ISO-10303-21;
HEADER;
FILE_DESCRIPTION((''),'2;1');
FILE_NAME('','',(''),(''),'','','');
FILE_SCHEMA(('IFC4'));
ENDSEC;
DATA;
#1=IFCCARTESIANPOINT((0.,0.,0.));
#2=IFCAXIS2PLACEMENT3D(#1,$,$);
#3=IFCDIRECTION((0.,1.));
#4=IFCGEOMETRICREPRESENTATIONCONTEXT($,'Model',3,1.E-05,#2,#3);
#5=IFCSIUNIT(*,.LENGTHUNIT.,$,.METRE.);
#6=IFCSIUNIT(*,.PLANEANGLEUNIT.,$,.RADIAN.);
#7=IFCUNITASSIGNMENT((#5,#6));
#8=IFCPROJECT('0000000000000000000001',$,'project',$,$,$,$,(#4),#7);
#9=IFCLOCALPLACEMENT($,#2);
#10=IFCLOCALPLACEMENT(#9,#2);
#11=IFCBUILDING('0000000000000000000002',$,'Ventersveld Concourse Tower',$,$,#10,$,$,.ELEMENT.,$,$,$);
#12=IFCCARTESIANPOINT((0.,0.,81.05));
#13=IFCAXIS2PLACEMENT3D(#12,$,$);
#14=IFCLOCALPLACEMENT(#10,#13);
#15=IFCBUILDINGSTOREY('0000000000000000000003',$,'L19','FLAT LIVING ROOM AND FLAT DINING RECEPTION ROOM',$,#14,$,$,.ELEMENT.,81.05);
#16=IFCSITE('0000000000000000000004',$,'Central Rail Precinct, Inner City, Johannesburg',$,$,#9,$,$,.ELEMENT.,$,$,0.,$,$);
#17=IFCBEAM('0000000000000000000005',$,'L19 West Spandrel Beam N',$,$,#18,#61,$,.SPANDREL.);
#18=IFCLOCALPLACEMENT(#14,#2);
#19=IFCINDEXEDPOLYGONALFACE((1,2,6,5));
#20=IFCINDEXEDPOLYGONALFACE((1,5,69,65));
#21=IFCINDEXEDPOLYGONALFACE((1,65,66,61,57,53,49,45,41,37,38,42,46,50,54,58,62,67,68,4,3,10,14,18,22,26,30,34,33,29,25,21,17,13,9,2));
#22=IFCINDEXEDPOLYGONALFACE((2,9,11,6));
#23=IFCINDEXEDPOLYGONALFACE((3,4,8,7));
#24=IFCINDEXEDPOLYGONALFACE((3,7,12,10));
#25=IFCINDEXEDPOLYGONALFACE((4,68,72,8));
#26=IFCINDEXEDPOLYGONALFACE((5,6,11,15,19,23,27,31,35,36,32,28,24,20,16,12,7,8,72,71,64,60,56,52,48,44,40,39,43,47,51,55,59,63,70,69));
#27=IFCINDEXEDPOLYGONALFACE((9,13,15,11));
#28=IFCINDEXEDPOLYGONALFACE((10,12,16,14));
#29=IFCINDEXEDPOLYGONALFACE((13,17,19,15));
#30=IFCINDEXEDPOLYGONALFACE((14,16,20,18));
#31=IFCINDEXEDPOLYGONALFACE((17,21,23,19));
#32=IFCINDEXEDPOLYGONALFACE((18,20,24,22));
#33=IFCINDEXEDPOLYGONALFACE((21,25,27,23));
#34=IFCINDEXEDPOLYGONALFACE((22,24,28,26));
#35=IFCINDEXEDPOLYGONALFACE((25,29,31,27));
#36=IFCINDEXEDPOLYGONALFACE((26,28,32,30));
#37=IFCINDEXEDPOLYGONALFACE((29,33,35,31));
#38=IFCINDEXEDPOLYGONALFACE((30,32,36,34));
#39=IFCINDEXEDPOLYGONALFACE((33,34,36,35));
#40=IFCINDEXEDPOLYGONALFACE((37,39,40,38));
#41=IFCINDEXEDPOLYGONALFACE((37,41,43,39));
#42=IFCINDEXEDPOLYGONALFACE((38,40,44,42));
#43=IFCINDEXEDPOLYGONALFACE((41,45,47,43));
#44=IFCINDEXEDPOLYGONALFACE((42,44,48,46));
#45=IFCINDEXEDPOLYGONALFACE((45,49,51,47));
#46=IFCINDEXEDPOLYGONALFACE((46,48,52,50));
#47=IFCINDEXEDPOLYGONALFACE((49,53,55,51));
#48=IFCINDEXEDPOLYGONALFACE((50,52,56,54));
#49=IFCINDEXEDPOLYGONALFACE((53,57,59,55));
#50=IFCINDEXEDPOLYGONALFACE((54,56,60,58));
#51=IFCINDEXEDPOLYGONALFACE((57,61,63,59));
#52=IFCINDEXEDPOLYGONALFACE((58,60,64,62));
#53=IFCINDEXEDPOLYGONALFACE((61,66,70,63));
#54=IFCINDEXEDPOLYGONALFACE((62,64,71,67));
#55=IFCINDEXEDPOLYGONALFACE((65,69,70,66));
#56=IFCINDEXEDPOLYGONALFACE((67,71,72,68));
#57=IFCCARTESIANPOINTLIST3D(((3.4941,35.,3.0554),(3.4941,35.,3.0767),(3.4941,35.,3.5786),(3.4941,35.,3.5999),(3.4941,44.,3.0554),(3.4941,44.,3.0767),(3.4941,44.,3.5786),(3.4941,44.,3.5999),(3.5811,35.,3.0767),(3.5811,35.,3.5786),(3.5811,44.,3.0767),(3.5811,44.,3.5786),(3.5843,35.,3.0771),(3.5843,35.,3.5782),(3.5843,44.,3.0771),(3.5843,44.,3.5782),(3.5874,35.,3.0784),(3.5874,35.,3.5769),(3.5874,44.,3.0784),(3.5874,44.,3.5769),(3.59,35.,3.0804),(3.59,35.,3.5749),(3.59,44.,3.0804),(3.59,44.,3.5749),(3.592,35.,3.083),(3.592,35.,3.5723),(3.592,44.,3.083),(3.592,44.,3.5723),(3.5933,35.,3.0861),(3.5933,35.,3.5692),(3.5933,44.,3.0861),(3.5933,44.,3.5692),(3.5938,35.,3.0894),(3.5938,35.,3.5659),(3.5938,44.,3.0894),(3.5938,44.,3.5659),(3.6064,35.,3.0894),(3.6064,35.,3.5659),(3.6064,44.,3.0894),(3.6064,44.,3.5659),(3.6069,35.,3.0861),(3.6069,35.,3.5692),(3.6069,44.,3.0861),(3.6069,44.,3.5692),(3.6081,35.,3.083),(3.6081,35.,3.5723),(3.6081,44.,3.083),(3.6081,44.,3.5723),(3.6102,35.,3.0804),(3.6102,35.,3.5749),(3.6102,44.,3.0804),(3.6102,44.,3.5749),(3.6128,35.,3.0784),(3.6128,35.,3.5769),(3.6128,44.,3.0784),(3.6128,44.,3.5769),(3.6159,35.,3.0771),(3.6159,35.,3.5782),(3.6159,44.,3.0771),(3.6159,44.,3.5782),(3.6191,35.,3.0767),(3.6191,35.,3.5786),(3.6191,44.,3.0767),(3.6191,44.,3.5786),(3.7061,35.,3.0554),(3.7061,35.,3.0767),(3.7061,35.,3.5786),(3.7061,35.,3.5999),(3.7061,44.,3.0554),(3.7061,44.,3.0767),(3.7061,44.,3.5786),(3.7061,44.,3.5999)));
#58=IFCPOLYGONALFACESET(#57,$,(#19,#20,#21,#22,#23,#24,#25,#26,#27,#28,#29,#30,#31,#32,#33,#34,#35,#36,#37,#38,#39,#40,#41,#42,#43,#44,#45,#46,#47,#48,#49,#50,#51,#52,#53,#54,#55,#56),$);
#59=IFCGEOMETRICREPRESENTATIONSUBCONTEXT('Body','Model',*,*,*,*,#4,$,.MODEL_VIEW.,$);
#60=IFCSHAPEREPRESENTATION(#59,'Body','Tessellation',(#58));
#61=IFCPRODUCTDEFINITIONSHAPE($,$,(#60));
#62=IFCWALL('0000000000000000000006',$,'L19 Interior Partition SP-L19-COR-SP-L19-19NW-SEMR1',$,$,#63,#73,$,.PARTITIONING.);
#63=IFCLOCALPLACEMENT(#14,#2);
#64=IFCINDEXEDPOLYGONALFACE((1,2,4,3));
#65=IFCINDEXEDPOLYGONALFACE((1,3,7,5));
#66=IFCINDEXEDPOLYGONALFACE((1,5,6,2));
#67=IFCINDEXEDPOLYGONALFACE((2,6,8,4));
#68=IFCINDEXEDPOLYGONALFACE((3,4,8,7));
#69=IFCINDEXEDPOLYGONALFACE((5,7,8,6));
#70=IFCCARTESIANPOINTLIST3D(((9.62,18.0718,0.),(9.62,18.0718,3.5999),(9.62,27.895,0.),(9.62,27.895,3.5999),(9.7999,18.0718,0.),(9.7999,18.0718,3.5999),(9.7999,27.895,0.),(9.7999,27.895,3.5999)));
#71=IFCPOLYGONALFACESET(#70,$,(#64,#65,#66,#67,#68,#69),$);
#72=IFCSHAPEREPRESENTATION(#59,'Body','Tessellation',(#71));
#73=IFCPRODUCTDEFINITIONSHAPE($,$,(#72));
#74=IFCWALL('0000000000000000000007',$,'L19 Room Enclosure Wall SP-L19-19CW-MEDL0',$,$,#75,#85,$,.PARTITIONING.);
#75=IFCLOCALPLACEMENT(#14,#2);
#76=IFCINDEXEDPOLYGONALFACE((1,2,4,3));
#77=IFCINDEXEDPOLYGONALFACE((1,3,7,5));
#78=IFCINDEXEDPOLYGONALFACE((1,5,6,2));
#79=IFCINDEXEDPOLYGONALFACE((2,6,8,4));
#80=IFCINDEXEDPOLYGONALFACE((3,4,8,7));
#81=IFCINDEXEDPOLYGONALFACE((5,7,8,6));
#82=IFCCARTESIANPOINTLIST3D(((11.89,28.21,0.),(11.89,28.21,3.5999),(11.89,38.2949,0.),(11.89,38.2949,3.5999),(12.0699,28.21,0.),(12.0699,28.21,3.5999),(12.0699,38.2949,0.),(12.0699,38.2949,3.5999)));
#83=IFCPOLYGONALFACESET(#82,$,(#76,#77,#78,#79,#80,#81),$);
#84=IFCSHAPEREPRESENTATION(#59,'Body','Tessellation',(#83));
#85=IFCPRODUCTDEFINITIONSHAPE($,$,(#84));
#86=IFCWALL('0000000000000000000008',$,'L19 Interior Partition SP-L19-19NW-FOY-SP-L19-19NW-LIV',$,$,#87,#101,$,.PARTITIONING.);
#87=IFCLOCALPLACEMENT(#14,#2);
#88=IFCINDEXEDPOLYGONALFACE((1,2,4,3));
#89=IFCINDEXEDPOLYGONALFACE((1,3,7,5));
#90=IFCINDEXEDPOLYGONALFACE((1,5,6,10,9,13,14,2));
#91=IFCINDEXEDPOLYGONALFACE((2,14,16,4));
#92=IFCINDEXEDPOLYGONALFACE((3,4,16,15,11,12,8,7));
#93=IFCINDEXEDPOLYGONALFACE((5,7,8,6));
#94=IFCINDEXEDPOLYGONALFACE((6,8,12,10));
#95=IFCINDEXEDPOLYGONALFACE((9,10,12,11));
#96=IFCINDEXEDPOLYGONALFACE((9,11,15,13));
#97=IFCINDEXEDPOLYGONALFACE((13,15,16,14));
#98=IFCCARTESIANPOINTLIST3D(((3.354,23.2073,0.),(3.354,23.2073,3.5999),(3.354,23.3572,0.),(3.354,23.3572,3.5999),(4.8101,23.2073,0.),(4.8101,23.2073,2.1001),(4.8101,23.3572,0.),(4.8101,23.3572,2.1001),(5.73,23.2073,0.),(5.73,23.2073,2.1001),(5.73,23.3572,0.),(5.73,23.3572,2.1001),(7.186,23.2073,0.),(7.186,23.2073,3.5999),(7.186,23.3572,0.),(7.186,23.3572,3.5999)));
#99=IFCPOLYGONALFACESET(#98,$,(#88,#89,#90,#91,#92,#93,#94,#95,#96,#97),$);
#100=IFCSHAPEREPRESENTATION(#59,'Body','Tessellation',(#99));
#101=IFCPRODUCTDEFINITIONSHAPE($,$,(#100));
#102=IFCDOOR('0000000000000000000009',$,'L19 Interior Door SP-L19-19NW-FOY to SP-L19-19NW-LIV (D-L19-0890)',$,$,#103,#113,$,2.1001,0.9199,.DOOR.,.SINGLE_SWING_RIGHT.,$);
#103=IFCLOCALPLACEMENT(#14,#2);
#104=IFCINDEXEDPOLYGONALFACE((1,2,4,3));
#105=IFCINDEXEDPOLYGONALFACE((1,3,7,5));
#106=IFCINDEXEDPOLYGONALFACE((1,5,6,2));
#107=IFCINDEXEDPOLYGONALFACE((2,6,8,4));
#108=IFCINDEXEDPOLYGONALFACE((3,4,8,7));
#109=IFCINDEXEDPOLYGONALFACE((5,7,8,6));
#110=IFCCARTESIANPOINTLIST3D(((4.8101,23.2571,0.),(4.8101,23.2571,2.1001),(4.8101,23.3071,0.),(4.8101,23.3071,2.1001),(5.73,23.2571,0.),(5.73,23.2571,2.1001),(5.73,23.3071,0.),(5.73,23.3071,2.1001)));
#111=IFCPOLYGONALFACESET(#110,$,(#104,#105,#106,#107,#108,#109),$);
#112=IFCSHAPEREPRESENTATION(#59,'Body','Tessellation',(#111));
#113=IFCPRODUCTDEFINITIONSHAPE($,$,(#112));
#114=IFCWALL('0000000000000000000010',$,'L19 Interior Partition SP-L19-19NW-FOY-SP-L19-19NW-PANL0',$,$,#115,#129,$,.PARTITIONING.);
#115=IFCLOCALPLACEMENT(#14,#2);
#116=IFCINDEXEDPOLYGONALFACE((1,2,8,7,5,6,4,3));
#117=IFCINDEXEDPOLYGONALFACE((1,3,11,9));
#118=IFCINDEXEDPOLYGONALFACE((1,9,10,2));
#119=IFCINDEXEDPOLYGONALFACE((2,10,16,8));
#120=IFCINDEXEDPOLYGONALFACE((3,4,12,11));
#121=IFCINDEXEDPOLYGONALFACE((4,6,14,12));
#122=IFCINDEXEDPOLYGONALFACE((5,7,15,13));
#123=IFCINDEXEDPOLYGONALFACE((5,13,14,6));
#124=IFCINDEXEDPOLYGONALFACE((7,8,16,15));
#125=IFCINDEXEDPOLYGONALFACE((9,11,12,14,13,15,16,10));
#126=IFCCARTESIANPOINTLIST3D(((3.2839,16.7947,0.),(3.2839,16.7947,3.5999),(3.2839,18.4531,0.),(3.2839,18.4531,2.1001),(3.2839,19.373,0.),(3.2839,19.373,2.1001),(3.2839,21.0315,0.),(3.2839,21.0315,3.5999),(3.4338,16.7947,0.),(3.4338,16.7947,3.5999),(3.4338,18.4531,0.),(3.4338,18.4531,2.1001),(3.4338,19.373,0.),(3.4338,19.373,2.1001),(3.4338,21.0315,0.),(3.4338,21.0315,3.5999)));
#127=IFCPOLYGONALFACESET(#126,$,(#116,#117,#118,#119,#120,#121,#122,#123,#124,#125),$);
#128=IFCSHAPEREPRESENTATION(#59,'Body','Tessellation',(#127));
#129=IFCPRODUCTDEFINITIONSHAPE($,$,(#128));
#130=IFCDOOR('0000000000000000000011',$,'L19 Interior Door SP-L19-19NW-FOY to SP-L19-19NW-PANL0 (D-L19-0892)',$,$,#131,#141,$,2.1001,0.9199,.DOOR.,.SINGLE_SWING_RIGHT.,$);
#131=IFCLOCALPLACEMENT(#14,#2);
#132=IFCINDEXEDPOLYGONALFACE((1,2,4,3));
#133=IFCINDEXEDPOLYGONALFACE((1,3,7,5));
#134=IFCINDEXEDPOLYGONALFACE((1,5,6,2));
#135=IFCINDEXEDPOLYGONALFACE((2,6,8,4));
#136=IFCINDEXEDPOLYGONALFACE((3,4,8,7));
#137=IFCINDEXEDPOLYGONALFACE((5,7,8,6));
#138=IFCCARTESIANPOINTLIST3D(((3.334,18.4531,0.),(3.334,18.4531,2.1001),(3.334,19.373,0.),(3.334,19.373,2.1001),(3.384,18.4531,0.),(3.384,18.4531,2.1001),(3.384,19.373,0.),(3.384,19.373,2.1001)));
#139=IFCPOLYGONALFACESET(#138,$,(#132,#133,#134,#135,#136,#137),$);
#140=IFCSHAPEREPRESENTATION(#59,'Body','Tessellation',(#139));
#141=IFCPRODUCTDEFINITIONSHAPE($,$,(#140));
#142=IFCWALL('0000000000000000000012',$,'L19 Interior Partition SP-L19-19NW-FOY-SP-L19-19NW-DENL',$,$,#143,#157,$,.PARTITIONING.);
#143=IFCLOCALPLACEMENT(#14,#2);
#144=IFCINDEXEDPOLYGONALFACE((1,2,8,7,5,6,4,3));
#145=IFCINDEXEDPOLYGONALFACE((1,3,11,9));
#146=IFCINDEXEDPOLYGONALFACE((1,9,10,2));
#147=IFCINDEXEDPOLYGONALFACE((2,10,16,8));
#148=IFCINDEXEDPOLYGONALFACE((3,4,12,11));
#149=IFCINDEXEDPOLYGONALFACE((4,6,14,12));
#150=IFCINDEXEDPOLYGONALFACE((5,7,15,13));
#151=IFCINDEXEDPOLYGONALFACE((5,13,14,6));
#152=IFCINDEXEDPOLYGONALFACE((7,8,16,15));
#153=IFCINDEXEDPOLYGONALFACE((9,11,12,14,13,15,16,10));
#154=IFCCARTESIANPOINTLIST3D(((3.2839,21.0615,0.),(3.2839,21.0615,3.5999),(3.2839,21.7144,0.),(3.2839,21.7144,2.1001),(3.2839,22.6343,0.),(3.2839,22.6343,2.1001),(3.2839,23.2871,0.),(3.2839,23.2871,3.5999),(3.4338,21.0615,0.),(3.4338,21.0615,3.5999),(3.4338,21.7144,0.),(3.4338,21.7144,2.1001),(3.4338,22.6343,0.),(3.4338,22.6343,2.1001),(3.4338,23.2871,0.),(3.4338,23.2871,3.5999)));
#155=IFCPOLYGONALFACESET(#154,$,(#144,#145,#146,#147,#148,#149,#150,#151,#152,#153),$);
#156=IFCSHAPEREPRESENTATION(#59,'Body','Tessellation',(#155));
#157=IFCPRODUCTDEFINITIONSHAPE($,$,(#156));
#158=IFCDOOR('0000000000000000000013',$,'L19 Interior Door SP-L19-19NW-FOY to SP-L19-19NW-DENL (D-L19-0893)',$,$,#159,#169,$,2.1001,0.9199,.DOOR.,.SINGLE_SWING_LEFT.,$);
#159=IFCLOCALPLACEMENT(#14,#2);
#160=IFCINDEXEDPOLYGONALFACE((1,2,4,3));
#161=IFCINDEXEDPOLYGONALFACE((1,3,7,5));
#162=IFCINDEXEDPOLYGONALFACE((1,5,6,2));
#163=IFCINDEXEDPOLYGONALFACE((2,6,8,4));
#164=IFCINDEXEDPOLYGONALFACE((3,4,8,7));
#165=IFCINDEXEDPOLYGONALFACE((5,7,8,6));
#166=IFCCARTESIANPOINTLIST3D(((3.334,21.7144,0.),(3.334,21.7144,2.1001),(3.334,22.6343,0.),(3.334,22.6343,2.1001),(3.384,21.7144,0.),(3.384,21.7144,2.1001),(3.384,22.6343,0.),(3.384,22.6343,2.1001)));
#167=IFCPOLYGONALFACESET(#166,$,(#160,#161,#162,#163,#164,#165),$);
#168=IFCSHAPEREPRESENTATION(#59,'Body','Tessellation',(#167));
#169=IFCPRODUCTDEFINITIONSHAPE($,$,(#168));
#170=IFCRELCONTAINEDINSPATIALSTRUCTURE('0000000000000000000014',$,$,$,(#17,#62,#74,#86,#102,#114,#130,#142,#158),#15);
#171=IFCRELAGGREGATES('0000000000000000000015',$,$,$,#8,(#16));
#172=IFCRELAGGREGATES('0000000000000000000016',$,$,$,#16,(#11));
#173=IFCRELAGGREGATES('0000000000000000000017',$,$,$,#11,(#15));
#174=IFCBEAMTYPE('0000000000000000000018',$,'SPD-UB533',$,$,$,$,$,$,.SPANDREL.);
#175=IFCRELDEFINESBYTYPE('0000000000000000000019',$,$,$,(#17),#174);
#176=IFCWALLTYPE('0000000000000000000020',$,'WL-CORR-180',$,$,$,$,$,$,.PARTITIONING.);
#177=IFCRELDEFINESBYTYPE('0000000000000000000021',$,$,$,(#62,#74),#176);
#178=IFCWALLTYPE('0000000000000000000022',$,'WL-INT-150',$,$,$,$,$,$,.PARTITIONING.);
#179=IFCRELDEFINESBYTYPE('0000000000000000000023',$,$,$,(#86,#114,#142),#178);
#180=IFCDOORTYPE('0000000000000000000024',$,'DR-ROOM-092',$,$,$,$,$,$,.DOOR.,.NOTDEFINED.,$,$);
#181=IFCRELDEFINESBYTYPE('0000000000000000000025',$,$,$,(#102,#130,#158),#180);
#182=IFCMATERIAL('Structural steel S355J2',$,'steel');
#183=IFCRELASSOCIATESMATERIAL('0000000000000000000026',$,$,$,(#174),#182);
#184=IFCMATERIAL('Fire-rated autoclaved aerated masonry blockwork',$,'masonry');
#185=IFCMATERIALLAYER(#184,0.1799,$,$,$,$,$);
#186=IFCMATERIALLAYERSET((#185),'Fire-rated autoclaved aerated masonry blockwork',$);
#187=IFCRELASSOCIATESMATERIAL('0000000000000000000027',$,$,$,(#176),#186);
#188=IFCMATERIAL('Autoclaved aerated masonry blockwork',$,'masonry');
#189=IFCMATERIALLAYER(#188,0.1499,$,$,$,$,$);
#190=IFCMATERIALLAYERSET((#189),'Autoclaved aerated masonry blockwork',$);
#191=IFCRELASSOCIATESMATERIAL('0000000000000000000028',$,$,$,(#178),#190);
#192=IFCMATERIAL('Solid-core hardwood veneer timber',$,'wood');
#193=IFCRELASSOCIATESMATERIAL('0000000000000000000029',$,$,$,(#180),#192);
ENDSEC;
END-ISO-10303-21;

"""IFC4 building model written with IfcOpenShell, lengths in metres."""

from ifc_helpers import new_model, si_unit, direction, frame, frame_2d, origin, origin_2d, place, context, subcontext, project, spatial, rectangle, i_section, extrude, material, layer, layer_set, material_profile, profile_set, type_object, element, fill, save


model = new_model("IFC4")

# Units and contexts
model_context = context("Model", 3, precision=1e-05, world=origin(), true_north=direction((0.0, 1.0)))
body_context = subcontext(model_context, "Body", "Model", "MODEL_VIEW")
ifc_project = project(units=[si_unit("LENGTHUNIT", "METRE"), si_unit("PLANEANGLEUNIT", "RADIAN")], contexts=[model_context])

# Site, building, storey
site_placement = place(None, origin())
site = spatial("IfcSite", under=ifc_project, at=site_placement, Name="Central Rail Precinct, Inner City, Johannesburg", CompositionType="ELEMENT", RefElevation=0.0)
building_placement = place(site_placement, origin())
building = spatial("IfcBuilding", under=site, at=building_placement, Name="Ventersveld Concourse Tower", CompositionType="ELEMENT")
storey_placement = place(building_placement, frame((0.0, 0.0, 81.05)))
storey = spatial("IfcBuildingStorey", under=building, at=storey_placement, Name="L19", Description="FLAT LIVING ROOM AND FLAT DINING RECEPTION ROOM", CompositionType="ELEMENT", Elevation=81.05)

# Beam
ifc_material_1 = material(Name="Structural steel S355J2", Category="steel")
ifc_material_profile_1 = material_profile(ifc_material_1, i_section(OverallWidth=0.2119, OverallDepth=0.5444, WebThickness=0.0127, FlangeThickness=0.0212, FilletRadius=0.0127, at=origin_2d()), Name="UB 533x210x122")
ifc_profile_set_1 = profile_set([ifc_material_profile_1], Name="Structural steel S355J2")
beam_type_1 = type_object("IfcBeamType", Name="SPD-UB533", PredefinedType="SPANDREL", material=ifc_profile_set_1)
beam_1_placement = place(storey_placement, frame((3.6001, 35.0, 3.3276), z_axis=(0.0, 1.0, 0.0), x_axis=(-1.0, 0.0, 0.0)))
element("IfcBeam", 1, at=beam_1_placement, inside=storey, type_object=beam_type_1, Name="L19 West Spandrel Beam N", PredefinedType="SPANDREL", context=body_context, shape_type="SweptSolid", body=[
    extrude(i_section(OverallWidth=0.2119, OverallDepth=0.5444, WebThickness=0.0127, FlangeThickness=0.0212, FilletRadius=0.0127, at=origin_2d()), origin(), (0.0, 0.0, 1.0), 9.0),
])

# Walls
ifc_material_2 = material(Name="Fire-rated autoclaved aerated masonry blockwork", Category="masonry")
ifc_layer_1 = layer(ifc_material_2, 0.1799)
ifc_layer_set_1 = layer_set([ifc_layer_1], Name="Fire-rated autoclaved aerated masonry blockwork")
wall_type_1 = type_object("IfcWallType", Name="WL-CORR-180", PredefinedType="PARTITIONING", material=ifc_layer_set_1)
wall_1_placement = place(storey_placement, frame((9.71, 18.0718, 0.0), z_axis=(0.0, 0.0, 1.0), x_axis=(0.0, 1.0, 0.0)))
element("IfcWall", 2, at=wall_1_placement, inside=storey, type_object=wall_type_1, Name="L19 Interior Partition SP-L19-COR-SP-L19-19NW-SEMR1", PredefinedType="PARTITIONING", context=body_context, shape_type="SweptSolid", body=[
    extrude(rectangle(XDim=9.8232, YDim=0.1799, at=frame_2d((4.9116, 0.0))), origin(), (0.0, 0.0, 1.0), 3.5999),
])
wall_2_placement = place(storey_placement, frame((11.98, 28.21, 0.0), z_axis=(0.0, 0.0, 1.0), x_axis=(0.0, 1.0, 0.0)))
element("IfcWall", 3, at=wall_2_placement, inside=storey, type_object=wall_type_1, Name="L19 Room Enclosure Wall SP-L19-19CW-MEDL0", PredefinedType="PARTITIONING", context=body_context, shape_type="SweptSolid", body=[
    extrude(rectangle(XDim=10.085, YDim=0.1799, at=frame_2d((5.0425, 0.0))), origin(), (0.0, 0.0, 1.0), 3.5999),
])

# Walls, openings, doors
ifc_material_3 = material(Name="Autoclaved aerated masonry blockwork", Category="masonry")
ifc_layer_2 = layer(ifc_material_3, 0.1499)
ifc_layer_set_2 = layer_set([ifc_layer_2], Name="Autoclaved aerated masonry blockwork")
wall_type_2 = type_object("IfcWallType", Name="WL-INT-150", PredefinedType="PARTITIONING", material=ifc_layer_set_2)
wall_3_placement = place(storey_placement, frame((3.354, 23.2822, 0.0), z_axis=(0.0, 0.0, 1.0), x_axis=(1.0, 0.0, 0.0)))
wall_3 = element("IfcWall", 4, at=wall_3_placement, inside=storey, type_object=wall_type_2, Name="L19 Interior Partition SP-L19-19NW-FOY-SP-L19-19NW-LIV", PredefinedType="PARTITIONING", context=body_context, shape_type="SweptSolid", body=[
    extrude(rectangle(XDim=3.832, YDim=0.1499, at=frame_2d((1.916, 0.0))), origin(), (0.0, 0.0, 1.0), 3.5999),
])
opening_1_placement = place(wall_3_placement, frame((1.4561, 0.0, 0.0)))
opening_1 = element("IfcOpeningElement", 5, at=opening_1_placement, cuts=wall_3, PredefinedType="OPENING", context=body_context, shape_type="SweptSolid", body=[
    extrude(rectangle(XDim=0.9199, YDim=2.1001, at=frame_2d((0.46, 1.05))), frame((0.0, 0.085, 0.0), z_axis=(0.0, -1.0, 0.0), x_axis=(1.0, 0.0, 0.0)), (0.0, 0.0, 1.0), 0.1699),
])
ifc_material_4 = material(Name="Solid-core hardwood veneer timber", Category="wood")
door_type = type_object("IfcDoorType", Name="DR-ROOM-092", OperationType="NOTDEFINED", PredefinedType="DOOR", material=ifc_material_4)
door_1_placement = place(opening_1_placement, origin())
door_1 = element("IfcDoor", 6, at=door_1_placement, inside=storey, type_object=door_type, Name="L19 Interior Door SP-L19-19NW-FOY to SP-L19-19NW-LIV (D-L19-0890)", OperationType="SINGLE_SWING_RIGHT", OverallHeight=2.1001, OverallWidth=0.9199, PredefinedType="DOOR", context=body_context, shape_type="SweptSolid", body=[
    extrude(rectangle(XDim=0.9199, YDim=2.1001, at=frame_2d((0.46, 1.05))), frame((0.0, 0.0249, 0.0), z_axis=(0.0, -1.0, 0.0), x_axis=(1.0, 0.0, 0.0)), (0.0, 0.0, 1.0), 0.05),
])
fill(opening_1, door_1)
wall_4_placement = place(storey_placement, frame((3.3589, 16.7947, 0.0), z_axis=(0.0, 0.0, 1.0), x_axis=(0.0, 1.0, 0.0)))
wall_4 = element("IfcWall", 7, at=wall_4_placement, inside=storey, type_object=wall_type_2, Name="L19 Interior Partition SP-L19-19NW-FOY-SP-L19-19NW-PANL0", PredefinedType="PARTITIONING", context=body_context, shape_type="SweptSolid", body=[
    extrude(rectangle(XDim=4.2368, YDim=0.1499, at=frame_2d((2.1184, 0.0))), origin(), (0.0, 0.0, 1.0), 3.5999),
])
opening_2_placement = place(wall_4_placement, frame((1.6584, 0.0, 0.0)))
opening_2 = element("IfcOpeningElement", 8, at=opening_2_placement, cuts=wall_4, PredefinedType="OPENING", context=body_context, shape_type="SweptSolid", body=[
    extrude(rectangle(XDim=0.9199, YDim=2.1001, at=frame_2d((0.46, 1.05))), frame((0.0, 0.085, 0.0), z_axis=(0.0, -1.0, 0.0), x_axis=(1.0, 0.0, 0.0)), (0.0, 0.0, 1.0), 0.1699),
])
door_2_placement = place(opening_2_placement, origin())
door_2 = element("IfcDoor", 9, at=door_2_placement, inside=storey, type_object=door_type, Name="L19 Interior Door SP-L19-19NW-FOY to SP-L19-19NW-PANL0 (D-L19-0892)", OperationType="SINGLE_SWING_RIGHT", OverallHeight=2.1001, OverallWidth=0.9199, PredefinedType="DOOR", context=body_context, shape_type="SweptSolid", body=[
    extrude(rectangle(XDim=0.9199, YDim=2.1001, at=frame_2d((0.46, 1.05))), frame((0.0, 0.0249, 0.0), z_axis=(0.0, -1.0, 0.0), x_axis=(1.0, 0.0, 0.0)), (0.0, 0.0, 1.0), 0.05),
])
fill(opening_2, door_2)
wall_5_placement = place(storey_placement, frame((3.3589, 21.0615, 0.0), z_axis=(0.0, 0.0, 1.0), x_axis=(0.0, 1.0, 0.0)))
wall_5 = element("IfcWall", 10, at=wall_5_placement, inside=storey, type_object=wall_type_2, Name="L19 Interior Partition SP-L19-19NW-FOY-SP-L19-19NW-DENL", PredefinedType="PARTITIONING", context=body_context, shape_type="SweptSolid", body=[
    extrude(rectangle(XDim=2.2256, YDim=0.1499, at=frame_2d((1.1128, 0.0))), origin(), (0.0, 0.0, 1.0), 3.5999),
])
opening_3_placement = place(wall_5_placement, frame((0.6528, 0.0, 0.0)))
opening_3 = element("IfcOpeningElement", 11, at=opening_3_placement, cuts=wall_5, PredefinedType="OPENING", context=body_context, shape_type="SweptSolid", body=[
    extrude(rectangle(XDim=0.9199, YDim=2.1001, at=frame_2d((0.46, 1.05))), frame((0.0, 0.085, 0.0), z_axis=(0.0, -1.0, 0.0), x_axis=(1.0, 0.0, 0.0)), (0.0, 0.0, 1.0), 0.1699),
])
door_3_placement = place(opening_3_placement, origin())
door_3 = element("IfcDoor", 12, at=door_3_placement, inside=storey, type_object=door_type, Name="L19 Interior Door SP-L19-19NW-FOY to SP-L19-19NW-DENL (D-L19-0893)", OperationType="SINGLE_SWING_LEFT", OverallHeight=2.1001, OverallWidth=0.9199, PredefinedType="DOOR", context=body_context, shape_type="SweptSolid", body=[
    extrude(rectangle(XDim=0.9199, YDim=2.1001, at=frame_2d((0.46, 1.05))), frame((0.0, 0.0249, 0.0), z_axis=(0.0, -1.0, 0.0), x_axis=(1.0, 0.0, 0.0)), (0.0, 0.0, 1.0), 0.05),
])
fill(opening_3, door_3)

save(model, "model.ifc")
